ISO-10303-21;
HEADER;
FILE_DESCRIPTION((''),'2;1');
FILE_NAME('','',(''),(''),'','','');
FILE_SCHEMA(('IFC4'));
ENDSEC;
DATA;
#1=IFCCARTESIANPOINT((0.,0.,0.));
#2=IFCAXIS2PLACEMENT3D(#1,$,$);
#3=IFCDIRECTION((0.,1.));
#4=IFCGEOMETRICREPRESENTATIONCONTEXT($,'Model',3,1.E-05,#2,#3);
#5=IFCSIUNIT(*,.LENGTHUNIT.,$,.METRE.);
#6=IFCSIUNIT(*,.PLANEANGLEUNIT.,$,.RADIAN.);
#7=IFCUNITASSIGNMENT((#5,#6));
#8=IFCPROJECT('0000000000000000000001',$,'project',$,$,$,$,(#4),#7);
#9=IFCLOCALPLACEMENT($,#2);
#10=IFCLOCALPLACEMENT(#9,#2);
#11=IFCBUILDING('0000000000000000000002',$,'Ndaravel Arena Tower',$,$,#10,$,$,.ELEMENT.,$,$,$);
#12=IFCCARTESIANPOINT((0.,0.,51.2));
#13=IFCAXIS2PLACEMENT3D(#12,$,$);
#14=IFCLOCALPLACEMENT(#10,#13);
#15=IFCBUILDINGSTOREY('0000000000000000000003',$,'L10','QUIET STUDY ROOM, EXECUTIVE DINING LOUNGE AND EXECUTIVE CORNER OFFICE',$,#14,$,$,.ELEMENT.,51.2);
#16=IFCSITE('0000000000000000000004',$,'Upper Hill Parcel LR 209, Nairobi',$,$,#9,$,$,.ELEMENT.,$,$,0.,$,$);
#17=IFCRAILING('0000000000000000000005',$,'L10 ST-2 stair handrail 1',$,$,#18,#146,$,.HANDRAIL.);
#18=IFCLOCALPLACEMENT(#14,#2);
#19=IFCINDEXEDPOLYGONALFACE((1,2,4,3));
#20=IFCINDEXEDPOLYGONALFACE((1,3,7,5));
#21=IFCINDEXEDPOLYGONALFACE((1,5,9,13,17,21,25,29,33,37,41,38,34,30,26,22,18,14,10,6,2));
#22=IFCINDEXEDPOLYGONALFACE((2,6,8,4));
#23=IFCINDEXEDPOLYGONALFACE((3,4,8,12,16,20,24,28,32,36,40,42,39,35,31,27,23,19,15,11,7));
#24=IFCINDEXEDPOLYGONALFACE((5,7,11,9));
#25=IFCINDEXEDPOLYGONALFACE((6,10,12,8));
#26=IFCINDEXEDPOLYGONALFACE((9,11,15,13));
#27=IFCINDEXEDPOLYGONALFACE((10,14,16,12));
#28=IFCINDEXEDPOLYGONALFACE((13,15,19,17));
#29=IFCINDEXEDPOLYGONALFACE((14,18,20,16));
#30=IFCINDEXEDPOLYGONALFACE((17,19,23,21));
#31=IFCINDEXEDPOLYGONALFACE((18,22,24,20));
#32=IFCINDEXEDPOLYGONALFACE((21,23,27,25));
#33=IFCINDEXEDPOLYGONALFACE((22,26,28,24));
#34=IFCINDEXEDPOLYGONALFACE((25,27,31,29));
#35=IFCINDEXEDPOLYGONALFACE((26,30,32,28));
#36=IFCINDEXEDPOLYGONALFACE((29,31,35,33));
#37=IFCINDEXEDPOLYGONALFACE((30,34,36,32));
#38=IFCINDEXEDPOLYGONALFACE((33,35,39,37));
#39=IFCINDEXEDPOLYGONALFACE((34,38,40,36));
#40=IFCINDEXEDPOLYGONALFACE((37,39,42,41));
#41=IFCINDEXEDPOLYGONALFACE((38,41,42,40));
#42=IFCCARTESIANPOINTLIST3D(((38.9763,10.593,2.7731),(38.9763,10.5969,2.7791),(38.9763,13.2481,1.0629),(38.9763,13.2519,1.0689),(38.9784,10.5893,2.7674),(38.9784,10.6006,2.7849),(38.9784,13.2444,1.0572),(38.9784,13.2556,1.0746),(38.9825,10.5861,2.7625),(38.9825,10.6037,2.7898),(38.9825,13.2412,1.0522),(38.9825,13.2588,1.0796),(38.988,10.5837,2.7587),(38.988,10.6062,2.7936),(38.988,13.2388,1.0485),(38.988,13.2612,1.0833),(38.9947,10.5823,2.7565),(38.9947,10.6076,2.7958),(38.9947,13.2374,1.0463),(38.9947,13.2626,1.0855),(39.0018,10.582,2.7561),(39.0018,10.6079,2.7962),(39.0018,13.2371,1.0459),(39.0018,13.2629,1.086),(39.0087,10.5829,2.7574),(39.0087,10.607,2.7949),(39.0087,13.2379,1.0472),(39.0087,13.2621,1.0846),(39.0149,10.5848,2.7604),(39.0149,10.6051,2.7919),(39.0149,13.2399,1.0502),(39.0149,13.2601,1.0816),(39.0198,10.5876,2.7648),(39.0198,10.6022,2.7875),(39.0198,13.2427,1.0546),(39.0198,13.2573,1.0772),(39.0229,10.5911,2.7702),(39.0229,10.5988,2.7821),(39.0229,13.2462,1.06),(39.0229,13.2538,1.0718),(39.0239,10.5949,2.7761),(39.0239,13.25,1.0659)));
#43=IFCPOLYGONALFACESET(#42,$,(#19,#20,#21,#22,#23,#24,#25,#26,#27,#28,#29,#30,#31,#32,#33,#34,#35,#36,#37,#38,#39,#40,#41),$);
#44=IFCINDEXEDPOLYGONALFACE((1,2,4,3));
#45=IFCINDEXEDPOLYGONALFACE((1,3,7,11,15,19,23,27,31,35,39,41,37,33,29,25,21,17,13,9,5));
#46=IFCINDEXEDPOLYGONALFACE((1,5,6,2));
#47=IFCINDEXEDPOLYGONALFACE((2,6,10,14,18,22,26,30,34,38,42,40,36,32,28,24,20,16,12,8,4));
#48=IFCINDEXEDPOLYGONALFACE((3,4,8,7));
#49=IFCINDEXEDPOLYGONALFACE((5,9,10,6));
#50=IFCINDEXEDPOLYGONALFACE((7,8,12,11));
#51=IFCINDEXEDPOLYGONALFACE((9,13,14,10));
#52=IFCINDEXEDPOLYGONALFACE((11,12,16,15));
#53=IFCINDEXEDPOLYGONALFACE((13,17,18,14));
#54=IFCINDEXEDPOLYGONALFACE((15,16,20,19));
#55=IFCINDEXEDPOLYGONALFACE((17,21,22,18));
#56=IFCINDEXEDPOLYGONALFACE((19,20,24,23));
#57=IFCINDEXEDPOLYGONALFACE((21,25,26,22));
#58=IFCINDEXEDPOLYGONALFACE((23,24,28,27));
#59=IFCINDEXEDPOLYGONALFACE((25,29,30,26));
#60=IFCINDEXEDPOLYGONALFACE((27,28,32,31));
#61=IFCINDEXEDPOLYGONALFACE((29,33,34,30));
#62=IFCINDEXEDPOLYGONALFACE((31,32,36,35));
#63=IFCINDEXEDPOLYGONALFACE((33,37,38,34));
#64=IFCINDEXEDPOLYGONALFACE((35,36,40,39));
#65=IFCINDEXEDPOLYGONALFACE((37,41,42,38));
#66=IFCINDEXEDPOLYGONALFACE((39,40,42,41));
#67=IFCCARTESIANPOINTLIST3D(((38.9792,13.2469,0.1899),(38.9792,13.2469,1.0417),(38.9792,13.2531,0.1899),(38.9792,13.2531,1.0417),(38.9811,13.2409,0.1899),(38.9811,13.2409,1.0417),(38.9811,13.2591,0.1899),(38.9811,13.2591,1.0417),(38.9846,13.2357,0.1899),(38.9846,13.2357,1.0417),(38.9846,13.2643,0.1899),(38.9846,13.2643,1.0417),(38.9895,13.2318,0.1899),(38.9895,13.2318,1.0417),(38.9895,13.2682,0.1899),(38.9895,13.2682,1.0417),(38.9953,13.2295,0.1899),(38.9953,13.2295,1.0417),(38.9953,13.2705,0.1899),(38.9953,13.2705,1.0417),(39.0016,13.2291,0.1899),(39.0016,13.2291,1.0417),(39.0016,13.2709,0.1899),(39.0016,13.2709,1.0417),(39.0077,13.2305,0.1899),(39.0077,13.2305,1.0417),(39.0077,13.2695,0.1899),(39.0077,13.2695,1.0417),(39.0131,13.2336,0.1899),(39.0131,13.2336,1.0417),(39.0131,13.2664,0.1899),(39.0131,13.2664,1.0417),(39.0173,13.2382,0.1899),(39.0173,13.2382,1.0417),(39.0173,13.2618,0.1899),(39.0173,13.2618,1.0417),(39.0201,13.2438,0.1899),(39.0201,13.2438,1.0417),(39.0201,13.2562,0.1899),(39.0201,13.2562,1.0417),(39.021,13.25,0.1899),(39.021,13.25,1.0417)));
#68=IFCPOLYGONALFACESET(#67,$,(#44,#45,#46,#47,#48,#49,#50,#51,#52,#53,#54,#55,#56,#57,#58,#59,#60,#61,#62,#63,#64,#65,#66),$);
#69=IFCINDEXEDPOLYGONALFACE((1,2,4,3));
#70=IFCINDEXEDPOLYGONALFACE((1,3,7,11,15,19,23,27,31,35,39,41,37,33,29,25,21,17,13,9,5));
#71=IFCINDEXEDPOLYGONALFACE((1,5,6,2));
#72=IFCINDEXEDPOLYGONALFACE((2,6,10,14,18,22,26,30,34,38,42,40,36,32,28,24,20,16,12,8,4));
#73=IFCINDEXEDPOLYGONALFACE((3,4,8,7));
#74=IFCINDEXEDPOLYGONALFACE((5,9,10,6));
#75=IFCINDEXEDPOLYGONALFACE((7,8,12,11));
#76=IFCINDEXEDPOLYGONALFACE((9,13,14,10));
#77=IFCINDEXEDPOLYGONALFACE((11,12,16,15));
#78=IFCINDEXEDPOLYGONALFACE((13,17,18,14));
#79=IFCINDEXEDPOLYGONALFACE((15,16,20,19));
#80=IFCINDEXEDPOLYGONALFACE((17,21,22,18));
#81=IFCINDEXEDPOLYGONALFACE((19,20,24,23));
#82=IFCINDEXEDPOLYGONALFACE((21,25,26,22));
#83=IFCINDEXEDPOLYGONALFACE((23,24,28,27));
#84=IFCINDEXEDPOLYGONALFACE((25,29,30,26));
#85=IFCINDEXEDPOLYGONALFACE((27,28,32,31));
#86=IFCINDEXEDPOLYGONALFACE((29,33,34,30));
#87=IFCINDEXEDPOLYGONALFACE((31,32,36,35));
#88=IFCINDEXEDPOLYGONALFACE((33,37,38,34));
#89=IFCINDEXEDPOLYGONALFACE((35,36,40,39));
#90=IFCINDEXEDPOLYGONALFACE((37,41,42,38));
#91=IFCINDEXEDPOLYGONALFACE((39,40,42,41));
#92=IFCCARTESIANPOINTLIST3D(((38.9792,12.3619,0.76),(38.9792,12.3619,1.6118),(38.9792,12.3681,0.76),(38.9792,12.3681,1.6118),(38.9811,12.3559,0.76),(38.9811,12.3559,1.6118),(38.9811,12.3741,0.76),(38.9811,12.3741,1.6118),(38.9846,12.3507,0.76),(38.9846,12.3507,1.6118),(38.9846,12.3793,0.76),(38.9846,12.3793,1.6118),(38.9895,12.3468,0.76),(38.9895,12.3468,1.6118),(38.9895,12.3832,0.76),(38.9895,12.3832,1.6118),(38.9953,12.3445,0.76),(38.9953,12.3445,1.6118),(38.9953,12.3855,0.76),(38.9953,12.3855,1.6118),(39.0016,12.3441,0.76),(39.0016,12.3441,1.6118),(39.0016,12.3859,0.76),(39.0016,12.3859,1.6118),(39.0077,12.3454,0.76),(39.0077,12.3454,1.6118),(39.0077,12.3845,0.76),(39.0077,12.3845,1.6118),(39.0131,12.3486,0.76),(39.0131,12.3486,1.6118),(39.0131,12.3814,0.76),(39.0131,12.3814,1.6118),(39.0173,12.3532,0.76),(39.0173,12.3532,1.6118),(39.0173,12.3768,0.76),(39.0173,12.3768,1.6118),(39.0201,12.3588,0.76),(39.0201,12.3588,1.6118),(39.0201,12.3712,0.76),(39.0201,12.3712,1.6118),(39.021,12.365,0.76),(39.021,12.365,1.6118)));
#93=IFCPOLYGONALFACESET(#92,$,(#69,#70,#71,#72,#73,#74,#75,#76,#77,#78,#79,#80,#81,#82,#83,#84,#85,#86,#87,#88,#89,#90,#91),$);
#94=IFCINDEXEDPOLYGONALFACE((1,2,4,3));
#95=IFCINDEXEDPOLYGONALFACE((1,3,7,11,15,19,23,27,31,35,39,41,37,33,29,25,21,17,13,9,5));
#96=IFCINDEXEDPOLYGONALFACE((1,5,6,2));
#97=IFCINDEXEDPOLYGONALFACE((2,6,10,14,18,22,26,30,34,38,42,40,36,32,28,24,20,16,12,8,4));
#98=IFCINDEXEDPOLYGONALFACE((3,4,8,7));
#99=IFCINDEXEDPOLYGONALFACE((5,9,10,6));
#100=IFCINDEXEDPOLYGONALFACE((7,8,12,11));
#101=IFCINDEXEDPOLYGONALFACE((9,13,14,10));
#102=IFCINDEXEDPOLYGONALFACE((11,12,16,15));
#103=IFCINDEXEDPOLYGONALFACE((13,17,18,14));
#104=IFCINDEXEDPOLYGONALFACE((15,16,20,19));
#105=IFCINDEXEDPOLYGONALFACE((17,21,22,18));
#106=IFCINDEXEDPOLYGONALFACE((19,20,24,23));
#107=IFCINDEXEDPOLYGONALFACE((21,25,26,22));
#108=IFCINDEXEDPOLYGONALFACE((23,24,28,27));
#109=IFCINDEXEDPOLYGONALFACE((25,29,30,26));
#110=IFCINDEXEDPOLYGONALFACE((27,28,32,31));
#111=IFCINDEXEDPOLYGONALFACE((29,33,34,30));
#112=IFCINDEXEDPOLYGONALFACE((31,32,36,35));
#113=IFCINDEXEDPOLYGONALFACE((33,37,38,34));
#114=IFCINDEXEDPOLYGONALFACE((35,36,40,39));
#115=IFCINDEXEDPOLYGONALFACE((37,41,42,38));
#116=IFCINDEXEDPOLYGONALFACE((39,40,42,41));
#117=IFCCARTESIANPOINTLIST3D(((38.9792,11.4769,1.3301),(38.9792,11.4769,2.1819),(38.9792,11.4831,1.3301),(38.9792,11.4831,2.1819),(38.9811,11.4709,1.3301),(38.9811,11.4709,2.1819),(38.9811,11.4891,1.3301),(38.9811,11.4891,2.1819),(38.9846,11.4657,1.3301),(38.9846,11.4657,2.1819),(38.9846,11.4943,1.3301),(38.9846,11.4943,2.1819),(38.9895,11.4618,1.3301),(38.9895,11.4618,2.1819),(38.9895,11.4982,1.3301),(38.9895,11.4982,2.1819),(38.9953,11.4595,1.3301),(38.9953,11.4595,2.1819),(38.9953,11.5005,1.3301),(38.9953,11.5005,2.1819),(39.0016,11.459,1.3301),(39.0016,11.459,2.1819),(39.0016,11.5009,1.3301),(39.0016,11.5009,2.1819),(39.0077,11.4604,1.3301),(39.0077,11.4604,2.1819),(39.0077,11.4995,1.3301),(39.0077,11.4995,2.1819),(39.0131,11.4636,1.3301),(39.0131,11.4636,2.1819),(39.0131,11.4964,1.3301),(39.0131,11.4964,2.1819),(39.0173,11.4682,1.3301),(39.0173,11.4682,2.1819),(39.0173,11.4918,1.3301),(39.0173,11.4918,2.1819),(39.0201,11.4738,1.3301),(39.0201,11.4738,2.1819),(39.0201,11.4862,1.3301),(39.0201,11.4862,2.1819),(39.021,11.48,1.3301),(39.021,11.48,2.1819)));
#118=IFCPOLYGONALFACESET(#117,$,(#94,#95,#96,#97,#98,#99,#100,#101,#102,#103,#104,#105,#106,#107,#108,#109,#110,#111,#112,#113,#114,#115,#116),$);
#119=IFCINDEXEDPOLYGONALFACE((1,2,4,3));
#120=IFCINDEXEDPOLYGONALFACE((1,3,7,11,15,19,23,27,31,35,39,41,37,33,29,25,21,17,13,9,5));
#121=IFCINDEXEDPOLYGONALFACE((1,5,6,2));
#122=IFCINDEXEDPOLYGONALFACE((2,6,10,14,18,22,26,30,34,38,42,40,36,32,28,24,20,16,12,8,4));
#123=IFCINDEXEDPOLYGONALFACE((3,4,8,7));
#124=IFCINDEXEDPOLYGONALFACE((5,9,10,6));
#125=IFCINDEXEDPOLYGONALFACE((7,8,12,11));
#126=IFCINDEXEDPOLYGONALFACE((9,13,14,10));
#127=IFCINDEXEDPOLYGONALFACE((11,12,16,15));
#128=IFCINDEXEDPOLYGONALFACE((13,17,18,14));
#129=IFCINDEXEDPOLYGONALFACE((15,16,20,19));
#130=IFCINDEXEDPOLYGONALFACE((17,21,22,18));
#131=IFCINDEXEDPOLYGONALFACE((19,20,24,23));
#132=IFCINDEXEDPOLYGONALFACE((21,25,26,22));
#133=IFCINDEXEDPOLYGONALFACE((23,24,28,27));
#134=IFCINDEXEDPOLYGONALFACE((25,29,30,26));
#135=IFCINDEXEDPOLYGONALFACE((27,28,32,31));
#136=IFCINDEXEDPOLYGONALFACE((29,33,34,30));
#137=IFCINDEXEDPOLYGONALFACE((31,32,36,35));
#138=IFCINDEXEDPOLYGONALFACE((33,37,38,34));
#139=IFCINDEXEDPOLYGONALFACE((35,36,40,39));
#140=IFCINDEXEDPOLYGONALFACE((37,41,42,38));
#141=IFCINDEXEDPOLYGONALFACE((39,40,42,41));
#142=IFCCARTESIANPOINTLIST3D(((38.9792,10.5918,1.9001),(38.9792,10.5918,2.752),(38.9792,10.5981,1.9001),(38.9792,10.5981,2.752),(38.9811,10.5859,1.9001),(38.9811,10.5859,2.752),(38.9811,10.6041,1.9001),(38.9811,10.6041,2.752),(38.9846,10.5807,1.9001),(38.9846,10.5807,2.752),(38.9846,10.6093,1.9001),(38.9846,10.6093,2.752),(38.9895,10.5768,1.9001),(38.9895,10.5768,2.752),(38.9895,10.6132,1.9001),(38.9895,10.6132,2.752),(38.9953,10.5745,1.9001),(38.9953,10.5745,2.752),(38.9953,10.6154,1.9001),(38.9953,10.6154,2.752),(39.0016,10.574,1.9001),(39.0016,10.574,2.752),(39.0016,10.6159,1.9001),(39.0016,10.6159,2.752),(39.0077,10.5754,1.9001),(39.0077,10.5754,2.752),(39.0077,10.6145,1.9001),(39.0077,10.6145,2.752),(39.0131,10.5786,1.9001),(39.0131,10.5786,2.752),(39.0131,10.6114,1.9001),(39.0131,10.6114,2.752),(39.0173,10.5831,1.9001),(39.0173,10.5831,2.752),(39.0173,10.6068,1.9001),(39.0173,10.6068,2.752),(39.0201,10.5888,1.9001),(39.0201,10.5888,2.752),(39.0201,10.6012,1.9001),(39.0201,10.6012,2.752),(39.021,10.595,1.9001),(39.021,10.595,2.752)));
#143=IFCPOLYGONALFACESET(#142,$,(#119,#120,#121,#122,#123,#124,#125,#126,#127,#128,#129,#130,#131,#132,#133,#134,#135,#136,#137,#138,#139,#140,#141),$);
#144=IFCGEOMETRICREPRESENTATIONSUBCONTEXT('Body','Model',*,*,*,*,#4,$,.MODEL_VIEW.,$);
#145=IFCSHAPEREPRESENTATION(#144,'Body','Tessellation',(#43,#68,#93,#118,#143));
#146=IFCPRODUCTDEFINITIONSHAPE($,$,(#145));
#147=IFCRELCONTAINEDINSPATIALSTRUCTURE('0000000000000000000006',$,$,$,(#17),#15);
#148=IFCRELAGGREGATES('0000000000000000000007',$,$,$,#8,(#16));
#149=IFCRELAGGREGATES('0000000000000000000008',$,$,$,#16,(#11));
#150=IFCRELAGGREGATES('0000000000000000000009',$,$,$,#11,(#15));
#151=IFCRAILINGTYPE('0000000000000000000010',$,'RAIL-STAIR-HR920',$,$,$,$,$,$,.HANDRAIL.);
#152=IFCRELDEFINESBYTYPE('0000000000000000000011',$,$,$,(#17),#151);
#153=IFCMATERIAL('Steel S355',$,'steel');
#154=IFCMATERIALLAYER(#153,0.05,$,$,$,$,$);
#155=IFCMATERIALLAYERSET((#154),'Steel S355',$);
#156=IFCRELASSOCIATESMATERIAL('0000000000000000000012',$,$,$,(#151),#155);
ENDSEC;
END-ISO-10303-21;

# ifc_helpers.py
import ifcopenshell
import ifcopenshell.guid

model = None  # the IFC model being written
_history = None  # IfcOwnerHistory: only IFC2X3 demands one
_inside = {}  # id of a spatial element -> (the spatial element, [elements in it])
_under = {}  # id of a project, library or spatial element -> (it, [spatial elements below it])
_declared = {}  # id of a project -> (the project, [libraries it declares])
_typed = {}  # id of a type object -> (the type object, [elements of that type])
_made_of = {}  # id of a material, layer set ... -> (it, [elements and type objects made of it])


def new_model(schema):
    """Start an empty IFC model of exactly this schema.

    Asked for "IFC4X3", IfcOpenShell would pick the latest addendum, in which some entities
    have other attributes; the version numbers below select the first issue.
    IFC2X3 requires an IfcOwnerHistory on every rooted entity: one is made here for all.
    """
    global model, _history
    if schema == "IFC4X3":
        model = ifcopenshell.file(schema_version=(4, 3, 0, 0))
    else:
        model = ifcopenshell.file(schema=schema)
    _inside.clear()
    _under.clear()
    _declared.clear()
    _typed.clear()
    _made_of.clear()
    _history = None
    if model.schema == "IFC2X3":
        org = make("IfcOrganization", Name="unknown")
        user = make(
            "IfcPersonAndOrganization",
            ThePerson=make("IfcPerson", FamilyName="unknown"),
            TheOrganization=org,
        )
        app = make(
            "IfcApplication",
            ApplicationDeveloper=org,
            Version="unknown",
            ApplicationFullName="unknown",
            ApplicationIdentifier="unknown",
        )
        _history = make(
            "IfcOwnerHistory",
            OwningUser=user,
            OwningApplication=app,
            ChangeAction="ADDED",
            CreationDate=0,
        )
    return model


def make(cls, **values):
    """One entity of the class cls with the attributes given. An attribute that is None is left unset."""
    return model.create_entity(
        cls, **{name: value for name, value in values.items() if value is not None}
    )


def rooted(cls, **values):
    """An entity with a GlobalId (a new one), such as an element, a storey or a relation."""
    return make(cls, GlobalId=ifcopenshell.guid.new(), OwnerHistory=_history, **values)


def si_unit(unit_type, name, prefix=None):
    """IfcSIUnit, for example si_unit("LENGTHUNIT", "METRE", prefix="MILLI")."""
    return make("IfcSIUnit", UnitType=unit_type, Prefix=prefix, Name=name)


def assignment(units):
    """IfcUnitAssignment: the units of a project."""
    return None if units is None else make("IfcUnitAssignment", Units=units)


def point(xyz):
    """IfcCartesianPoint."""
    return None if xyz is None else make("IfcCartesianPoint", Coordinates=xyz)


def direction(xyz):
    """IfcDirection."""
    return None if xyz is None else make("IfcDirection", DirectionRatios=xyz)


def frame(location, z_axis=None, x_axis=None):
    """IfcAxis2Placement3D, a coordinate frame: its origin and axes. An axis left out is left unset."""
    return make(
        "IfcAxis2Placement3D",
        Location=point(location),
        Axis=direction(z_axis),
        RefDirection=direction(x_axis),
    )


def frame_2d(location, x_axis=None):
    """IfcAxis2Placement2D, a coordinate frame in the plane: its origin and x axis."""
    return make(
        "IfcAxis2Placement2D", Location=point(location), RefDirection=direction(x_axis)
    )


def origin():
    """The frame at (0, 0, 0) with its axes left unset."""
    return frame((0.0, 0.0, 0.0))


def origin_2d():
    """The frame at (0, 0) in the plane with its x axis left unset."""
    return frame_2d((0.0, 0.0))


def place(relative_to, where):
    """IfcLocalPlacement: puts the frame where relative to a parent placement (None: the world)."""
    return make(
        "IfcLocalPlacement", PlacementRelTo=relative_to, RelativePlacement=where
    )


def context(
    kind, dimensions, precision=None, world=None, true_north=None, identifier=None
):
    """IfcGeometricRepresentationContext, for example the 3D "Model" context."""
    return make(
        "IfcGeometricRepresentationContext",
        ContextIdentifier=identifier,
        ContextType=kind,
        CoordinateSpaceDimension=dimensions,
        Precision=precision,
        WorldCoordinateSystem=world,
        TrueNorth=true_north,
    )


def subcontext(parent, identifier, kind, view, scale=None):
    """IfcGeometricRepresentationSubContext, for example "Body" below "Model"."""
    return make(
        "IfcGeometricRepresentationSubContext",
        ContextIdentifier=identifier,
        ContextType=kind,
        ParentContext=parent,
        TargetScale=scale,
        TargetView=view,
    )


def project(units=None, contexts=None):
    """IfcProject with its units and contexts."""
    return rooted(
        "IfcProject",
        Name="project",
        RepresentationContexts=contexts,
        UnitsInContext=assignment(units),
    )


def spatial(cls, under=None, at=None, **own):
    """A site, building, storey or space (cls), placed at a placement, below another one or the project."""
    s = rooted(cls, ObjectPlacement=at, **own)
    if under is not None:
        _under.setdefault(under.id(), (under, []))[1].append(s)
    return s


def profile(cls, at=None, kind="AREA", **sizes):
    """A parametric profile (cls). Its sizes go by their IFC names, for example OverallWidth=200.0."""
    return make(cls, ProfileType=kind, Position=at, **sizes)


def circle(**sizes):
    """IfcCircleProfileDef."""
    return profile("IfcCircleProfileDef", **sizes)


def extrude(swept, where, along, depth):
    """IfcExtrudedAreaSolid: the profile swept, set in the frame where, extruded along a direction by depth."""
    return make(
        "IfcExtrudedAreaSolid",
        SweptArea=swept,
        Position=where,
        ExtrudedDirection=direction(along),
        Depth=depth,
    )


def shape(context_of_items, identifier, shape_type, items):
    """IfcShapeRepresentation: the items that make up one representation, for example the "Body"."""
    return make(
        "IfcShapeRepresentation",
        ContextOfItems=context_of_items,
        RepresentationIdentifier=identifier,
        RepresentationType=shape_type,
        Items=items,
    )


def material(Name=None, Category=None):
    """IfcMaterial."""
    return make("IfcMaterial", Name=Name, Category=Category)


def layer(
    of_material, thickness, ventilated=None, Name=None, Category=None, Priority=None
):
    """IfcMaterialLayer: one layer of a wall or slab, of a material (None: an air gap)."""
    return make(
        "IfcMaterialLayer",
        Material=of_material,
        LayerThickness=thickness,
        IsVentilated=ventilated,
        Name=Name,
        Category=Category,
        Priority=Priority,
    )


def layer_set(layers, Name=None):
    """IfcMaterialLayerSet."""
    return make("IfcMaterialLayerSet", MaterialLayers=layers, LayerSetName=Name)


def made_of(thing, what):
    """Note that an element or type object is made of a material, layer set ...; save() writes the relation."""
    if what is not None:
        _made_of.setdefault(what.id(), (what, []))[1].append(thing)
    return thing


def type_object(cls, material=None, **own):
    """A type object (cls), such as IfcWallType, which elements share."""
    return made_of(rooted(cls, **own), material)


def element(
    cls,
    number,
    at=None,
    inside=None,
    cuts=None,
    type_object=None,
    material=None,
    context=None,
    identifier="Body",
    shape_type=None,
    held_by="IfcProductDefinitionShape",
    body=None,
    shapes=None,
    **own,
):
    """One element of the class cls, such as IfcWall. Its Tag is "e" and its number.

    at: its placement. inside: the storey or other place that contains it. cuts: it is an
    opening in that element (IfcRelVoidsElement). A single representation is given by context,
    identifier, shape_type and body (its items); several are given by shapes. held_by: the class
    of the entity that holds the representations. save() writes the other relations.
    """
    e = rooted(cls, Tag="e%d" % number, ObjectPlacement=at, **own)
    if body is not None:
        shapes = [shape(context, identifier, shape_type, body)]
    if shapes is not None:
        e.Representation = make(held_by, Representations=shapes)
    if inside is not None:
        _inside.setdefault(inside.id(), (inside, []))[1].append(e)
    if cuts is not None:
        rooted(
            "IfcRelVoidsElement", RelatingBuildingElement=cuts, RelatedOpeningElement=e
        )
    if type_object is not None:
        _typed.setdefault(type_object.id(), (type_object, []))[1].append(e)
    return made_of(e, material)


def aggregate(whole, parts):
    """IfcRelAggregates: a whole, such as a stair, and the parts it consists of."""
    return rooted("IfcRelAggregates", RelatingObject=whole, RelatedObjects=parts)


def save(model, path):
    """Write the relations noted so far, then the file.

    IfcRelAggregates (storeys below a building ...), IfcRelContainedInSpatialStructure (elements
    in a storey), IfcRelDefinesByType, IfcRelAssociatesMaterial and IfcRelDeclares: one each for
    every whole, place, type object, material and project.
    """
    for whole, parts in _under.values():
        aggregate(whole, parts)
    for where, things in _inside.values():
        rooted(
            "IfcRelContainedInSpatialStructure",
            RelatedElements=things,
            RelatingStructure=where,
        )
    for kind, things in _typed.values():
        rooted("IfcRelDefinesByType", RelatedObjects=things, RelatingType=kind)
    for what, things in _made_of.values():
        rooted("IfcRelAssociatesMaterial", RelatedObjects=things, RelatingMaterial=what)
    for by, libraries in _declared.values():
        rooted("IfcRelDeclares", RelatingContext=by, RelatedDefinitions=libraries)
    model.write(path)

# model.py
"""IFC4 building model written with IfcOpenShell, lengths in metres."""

from ifc_helpers import new_model, si_unit, direction, frame, origin, origin_2d, place, context, subcontext, project, spatial, circle, extrude, material, layer, layer_set, type_object, element, save


model = new_model("IFC4")

# Units and contexts
model_context = context("Model", 3, precision=1e-05, world=origin(), true_north=direction((0.0, 1.0)))
body_context = subcontext(model_context, "Body", "Model", "MODEL_VIEW")
ifc_project = project(units=[si_unit("LENGTHUNIT", "METRE"), si_unit("PLANEANGLEUNIT", "RADIAN")], contexts=[model_context])

# Site, building, storey
site_placement = place(None, origin())
site = spatial("IfcSite", under=ifc_project, at=site_placement, Name="Upper Hill Parcel LR 209, Nairobi", CompositionType="ELEMENT", RefElevation=0.0)
building_placement = place(site_placement, origin())
building = spatial("IfcBuilding", under=site, at=building_placement, Name="Ndaravel Arena Tower", CompositionType="ELEMENT")
storey_placement = place(building_placement, frame((0.0, 0.0, 51.2)))
storey = spatial("IfcBuildingStorey", under=building, at=storey_placement, Name="L10", Description="QUIET STUDY ROOM, EXECUTIVE DINING LOUNGE AND EXECUTIVE CORNER OFFICE", CompositionType="ELEMENT", Elevation=51.2)

# Railing
ifc_material_1 = material(Name="Steel S355", Category="steel")
ifc_layer_1 = layer(ifc_material_1, 0.05)
ifc_layer_set_1 = layer_set([ifc_layer_1], Name="Steel S355")
railing_type_1 = type_object("IfcRailingType", Name="RAIL-STAIR-HR920", PredefinedType="HANDRAIL", material=ifc_layer_set_1)
railing_1_placement = place(storey_placement, frame((39.0, 13.25, 0.1899)))
element("IfcRailing", 1, at=railing_1_placement, inside=storey, type_object=railing_type_1, Name="L10 ST-2 stair handrail 1", PredefinedType="HANDRAIL", context=body_context, shape_type="SweptSolid", body=[
    extrude(circle(Radius=0.0239, at=origin_2d()), frame((0.0, 0.0, 0.876), z_axis=(0.0, -0.840688, 0.541519), x_axis=(1.0, 0.0, 0.0)), (0.0, 0.0, 1.0), 3.1582),
    extrude(circle(Radius=0.021, at=origin_2d()), origin(), (0.0, 0.0, 1.0), 0.8518),
    extrude(circle(Radius=0.021, at=origin_2d()), frame((0.0, -0.885, 0.5701)), (0.0, 0.0, 1.0), 0.8518),
    extrude(circle(Radius=0.021, at=origin_2d()), frame((0.0, -1.77, 1.1401)), (0.0, 0.0, 1.0), 0.8518),
    extrude(circle(Radius=0.021, at=origin_2d()), frame((0.0, -2.655, 1.7102)), (0.0, 0.0, 1.0), 0.8518),
])

save(model, "model.ifc")
